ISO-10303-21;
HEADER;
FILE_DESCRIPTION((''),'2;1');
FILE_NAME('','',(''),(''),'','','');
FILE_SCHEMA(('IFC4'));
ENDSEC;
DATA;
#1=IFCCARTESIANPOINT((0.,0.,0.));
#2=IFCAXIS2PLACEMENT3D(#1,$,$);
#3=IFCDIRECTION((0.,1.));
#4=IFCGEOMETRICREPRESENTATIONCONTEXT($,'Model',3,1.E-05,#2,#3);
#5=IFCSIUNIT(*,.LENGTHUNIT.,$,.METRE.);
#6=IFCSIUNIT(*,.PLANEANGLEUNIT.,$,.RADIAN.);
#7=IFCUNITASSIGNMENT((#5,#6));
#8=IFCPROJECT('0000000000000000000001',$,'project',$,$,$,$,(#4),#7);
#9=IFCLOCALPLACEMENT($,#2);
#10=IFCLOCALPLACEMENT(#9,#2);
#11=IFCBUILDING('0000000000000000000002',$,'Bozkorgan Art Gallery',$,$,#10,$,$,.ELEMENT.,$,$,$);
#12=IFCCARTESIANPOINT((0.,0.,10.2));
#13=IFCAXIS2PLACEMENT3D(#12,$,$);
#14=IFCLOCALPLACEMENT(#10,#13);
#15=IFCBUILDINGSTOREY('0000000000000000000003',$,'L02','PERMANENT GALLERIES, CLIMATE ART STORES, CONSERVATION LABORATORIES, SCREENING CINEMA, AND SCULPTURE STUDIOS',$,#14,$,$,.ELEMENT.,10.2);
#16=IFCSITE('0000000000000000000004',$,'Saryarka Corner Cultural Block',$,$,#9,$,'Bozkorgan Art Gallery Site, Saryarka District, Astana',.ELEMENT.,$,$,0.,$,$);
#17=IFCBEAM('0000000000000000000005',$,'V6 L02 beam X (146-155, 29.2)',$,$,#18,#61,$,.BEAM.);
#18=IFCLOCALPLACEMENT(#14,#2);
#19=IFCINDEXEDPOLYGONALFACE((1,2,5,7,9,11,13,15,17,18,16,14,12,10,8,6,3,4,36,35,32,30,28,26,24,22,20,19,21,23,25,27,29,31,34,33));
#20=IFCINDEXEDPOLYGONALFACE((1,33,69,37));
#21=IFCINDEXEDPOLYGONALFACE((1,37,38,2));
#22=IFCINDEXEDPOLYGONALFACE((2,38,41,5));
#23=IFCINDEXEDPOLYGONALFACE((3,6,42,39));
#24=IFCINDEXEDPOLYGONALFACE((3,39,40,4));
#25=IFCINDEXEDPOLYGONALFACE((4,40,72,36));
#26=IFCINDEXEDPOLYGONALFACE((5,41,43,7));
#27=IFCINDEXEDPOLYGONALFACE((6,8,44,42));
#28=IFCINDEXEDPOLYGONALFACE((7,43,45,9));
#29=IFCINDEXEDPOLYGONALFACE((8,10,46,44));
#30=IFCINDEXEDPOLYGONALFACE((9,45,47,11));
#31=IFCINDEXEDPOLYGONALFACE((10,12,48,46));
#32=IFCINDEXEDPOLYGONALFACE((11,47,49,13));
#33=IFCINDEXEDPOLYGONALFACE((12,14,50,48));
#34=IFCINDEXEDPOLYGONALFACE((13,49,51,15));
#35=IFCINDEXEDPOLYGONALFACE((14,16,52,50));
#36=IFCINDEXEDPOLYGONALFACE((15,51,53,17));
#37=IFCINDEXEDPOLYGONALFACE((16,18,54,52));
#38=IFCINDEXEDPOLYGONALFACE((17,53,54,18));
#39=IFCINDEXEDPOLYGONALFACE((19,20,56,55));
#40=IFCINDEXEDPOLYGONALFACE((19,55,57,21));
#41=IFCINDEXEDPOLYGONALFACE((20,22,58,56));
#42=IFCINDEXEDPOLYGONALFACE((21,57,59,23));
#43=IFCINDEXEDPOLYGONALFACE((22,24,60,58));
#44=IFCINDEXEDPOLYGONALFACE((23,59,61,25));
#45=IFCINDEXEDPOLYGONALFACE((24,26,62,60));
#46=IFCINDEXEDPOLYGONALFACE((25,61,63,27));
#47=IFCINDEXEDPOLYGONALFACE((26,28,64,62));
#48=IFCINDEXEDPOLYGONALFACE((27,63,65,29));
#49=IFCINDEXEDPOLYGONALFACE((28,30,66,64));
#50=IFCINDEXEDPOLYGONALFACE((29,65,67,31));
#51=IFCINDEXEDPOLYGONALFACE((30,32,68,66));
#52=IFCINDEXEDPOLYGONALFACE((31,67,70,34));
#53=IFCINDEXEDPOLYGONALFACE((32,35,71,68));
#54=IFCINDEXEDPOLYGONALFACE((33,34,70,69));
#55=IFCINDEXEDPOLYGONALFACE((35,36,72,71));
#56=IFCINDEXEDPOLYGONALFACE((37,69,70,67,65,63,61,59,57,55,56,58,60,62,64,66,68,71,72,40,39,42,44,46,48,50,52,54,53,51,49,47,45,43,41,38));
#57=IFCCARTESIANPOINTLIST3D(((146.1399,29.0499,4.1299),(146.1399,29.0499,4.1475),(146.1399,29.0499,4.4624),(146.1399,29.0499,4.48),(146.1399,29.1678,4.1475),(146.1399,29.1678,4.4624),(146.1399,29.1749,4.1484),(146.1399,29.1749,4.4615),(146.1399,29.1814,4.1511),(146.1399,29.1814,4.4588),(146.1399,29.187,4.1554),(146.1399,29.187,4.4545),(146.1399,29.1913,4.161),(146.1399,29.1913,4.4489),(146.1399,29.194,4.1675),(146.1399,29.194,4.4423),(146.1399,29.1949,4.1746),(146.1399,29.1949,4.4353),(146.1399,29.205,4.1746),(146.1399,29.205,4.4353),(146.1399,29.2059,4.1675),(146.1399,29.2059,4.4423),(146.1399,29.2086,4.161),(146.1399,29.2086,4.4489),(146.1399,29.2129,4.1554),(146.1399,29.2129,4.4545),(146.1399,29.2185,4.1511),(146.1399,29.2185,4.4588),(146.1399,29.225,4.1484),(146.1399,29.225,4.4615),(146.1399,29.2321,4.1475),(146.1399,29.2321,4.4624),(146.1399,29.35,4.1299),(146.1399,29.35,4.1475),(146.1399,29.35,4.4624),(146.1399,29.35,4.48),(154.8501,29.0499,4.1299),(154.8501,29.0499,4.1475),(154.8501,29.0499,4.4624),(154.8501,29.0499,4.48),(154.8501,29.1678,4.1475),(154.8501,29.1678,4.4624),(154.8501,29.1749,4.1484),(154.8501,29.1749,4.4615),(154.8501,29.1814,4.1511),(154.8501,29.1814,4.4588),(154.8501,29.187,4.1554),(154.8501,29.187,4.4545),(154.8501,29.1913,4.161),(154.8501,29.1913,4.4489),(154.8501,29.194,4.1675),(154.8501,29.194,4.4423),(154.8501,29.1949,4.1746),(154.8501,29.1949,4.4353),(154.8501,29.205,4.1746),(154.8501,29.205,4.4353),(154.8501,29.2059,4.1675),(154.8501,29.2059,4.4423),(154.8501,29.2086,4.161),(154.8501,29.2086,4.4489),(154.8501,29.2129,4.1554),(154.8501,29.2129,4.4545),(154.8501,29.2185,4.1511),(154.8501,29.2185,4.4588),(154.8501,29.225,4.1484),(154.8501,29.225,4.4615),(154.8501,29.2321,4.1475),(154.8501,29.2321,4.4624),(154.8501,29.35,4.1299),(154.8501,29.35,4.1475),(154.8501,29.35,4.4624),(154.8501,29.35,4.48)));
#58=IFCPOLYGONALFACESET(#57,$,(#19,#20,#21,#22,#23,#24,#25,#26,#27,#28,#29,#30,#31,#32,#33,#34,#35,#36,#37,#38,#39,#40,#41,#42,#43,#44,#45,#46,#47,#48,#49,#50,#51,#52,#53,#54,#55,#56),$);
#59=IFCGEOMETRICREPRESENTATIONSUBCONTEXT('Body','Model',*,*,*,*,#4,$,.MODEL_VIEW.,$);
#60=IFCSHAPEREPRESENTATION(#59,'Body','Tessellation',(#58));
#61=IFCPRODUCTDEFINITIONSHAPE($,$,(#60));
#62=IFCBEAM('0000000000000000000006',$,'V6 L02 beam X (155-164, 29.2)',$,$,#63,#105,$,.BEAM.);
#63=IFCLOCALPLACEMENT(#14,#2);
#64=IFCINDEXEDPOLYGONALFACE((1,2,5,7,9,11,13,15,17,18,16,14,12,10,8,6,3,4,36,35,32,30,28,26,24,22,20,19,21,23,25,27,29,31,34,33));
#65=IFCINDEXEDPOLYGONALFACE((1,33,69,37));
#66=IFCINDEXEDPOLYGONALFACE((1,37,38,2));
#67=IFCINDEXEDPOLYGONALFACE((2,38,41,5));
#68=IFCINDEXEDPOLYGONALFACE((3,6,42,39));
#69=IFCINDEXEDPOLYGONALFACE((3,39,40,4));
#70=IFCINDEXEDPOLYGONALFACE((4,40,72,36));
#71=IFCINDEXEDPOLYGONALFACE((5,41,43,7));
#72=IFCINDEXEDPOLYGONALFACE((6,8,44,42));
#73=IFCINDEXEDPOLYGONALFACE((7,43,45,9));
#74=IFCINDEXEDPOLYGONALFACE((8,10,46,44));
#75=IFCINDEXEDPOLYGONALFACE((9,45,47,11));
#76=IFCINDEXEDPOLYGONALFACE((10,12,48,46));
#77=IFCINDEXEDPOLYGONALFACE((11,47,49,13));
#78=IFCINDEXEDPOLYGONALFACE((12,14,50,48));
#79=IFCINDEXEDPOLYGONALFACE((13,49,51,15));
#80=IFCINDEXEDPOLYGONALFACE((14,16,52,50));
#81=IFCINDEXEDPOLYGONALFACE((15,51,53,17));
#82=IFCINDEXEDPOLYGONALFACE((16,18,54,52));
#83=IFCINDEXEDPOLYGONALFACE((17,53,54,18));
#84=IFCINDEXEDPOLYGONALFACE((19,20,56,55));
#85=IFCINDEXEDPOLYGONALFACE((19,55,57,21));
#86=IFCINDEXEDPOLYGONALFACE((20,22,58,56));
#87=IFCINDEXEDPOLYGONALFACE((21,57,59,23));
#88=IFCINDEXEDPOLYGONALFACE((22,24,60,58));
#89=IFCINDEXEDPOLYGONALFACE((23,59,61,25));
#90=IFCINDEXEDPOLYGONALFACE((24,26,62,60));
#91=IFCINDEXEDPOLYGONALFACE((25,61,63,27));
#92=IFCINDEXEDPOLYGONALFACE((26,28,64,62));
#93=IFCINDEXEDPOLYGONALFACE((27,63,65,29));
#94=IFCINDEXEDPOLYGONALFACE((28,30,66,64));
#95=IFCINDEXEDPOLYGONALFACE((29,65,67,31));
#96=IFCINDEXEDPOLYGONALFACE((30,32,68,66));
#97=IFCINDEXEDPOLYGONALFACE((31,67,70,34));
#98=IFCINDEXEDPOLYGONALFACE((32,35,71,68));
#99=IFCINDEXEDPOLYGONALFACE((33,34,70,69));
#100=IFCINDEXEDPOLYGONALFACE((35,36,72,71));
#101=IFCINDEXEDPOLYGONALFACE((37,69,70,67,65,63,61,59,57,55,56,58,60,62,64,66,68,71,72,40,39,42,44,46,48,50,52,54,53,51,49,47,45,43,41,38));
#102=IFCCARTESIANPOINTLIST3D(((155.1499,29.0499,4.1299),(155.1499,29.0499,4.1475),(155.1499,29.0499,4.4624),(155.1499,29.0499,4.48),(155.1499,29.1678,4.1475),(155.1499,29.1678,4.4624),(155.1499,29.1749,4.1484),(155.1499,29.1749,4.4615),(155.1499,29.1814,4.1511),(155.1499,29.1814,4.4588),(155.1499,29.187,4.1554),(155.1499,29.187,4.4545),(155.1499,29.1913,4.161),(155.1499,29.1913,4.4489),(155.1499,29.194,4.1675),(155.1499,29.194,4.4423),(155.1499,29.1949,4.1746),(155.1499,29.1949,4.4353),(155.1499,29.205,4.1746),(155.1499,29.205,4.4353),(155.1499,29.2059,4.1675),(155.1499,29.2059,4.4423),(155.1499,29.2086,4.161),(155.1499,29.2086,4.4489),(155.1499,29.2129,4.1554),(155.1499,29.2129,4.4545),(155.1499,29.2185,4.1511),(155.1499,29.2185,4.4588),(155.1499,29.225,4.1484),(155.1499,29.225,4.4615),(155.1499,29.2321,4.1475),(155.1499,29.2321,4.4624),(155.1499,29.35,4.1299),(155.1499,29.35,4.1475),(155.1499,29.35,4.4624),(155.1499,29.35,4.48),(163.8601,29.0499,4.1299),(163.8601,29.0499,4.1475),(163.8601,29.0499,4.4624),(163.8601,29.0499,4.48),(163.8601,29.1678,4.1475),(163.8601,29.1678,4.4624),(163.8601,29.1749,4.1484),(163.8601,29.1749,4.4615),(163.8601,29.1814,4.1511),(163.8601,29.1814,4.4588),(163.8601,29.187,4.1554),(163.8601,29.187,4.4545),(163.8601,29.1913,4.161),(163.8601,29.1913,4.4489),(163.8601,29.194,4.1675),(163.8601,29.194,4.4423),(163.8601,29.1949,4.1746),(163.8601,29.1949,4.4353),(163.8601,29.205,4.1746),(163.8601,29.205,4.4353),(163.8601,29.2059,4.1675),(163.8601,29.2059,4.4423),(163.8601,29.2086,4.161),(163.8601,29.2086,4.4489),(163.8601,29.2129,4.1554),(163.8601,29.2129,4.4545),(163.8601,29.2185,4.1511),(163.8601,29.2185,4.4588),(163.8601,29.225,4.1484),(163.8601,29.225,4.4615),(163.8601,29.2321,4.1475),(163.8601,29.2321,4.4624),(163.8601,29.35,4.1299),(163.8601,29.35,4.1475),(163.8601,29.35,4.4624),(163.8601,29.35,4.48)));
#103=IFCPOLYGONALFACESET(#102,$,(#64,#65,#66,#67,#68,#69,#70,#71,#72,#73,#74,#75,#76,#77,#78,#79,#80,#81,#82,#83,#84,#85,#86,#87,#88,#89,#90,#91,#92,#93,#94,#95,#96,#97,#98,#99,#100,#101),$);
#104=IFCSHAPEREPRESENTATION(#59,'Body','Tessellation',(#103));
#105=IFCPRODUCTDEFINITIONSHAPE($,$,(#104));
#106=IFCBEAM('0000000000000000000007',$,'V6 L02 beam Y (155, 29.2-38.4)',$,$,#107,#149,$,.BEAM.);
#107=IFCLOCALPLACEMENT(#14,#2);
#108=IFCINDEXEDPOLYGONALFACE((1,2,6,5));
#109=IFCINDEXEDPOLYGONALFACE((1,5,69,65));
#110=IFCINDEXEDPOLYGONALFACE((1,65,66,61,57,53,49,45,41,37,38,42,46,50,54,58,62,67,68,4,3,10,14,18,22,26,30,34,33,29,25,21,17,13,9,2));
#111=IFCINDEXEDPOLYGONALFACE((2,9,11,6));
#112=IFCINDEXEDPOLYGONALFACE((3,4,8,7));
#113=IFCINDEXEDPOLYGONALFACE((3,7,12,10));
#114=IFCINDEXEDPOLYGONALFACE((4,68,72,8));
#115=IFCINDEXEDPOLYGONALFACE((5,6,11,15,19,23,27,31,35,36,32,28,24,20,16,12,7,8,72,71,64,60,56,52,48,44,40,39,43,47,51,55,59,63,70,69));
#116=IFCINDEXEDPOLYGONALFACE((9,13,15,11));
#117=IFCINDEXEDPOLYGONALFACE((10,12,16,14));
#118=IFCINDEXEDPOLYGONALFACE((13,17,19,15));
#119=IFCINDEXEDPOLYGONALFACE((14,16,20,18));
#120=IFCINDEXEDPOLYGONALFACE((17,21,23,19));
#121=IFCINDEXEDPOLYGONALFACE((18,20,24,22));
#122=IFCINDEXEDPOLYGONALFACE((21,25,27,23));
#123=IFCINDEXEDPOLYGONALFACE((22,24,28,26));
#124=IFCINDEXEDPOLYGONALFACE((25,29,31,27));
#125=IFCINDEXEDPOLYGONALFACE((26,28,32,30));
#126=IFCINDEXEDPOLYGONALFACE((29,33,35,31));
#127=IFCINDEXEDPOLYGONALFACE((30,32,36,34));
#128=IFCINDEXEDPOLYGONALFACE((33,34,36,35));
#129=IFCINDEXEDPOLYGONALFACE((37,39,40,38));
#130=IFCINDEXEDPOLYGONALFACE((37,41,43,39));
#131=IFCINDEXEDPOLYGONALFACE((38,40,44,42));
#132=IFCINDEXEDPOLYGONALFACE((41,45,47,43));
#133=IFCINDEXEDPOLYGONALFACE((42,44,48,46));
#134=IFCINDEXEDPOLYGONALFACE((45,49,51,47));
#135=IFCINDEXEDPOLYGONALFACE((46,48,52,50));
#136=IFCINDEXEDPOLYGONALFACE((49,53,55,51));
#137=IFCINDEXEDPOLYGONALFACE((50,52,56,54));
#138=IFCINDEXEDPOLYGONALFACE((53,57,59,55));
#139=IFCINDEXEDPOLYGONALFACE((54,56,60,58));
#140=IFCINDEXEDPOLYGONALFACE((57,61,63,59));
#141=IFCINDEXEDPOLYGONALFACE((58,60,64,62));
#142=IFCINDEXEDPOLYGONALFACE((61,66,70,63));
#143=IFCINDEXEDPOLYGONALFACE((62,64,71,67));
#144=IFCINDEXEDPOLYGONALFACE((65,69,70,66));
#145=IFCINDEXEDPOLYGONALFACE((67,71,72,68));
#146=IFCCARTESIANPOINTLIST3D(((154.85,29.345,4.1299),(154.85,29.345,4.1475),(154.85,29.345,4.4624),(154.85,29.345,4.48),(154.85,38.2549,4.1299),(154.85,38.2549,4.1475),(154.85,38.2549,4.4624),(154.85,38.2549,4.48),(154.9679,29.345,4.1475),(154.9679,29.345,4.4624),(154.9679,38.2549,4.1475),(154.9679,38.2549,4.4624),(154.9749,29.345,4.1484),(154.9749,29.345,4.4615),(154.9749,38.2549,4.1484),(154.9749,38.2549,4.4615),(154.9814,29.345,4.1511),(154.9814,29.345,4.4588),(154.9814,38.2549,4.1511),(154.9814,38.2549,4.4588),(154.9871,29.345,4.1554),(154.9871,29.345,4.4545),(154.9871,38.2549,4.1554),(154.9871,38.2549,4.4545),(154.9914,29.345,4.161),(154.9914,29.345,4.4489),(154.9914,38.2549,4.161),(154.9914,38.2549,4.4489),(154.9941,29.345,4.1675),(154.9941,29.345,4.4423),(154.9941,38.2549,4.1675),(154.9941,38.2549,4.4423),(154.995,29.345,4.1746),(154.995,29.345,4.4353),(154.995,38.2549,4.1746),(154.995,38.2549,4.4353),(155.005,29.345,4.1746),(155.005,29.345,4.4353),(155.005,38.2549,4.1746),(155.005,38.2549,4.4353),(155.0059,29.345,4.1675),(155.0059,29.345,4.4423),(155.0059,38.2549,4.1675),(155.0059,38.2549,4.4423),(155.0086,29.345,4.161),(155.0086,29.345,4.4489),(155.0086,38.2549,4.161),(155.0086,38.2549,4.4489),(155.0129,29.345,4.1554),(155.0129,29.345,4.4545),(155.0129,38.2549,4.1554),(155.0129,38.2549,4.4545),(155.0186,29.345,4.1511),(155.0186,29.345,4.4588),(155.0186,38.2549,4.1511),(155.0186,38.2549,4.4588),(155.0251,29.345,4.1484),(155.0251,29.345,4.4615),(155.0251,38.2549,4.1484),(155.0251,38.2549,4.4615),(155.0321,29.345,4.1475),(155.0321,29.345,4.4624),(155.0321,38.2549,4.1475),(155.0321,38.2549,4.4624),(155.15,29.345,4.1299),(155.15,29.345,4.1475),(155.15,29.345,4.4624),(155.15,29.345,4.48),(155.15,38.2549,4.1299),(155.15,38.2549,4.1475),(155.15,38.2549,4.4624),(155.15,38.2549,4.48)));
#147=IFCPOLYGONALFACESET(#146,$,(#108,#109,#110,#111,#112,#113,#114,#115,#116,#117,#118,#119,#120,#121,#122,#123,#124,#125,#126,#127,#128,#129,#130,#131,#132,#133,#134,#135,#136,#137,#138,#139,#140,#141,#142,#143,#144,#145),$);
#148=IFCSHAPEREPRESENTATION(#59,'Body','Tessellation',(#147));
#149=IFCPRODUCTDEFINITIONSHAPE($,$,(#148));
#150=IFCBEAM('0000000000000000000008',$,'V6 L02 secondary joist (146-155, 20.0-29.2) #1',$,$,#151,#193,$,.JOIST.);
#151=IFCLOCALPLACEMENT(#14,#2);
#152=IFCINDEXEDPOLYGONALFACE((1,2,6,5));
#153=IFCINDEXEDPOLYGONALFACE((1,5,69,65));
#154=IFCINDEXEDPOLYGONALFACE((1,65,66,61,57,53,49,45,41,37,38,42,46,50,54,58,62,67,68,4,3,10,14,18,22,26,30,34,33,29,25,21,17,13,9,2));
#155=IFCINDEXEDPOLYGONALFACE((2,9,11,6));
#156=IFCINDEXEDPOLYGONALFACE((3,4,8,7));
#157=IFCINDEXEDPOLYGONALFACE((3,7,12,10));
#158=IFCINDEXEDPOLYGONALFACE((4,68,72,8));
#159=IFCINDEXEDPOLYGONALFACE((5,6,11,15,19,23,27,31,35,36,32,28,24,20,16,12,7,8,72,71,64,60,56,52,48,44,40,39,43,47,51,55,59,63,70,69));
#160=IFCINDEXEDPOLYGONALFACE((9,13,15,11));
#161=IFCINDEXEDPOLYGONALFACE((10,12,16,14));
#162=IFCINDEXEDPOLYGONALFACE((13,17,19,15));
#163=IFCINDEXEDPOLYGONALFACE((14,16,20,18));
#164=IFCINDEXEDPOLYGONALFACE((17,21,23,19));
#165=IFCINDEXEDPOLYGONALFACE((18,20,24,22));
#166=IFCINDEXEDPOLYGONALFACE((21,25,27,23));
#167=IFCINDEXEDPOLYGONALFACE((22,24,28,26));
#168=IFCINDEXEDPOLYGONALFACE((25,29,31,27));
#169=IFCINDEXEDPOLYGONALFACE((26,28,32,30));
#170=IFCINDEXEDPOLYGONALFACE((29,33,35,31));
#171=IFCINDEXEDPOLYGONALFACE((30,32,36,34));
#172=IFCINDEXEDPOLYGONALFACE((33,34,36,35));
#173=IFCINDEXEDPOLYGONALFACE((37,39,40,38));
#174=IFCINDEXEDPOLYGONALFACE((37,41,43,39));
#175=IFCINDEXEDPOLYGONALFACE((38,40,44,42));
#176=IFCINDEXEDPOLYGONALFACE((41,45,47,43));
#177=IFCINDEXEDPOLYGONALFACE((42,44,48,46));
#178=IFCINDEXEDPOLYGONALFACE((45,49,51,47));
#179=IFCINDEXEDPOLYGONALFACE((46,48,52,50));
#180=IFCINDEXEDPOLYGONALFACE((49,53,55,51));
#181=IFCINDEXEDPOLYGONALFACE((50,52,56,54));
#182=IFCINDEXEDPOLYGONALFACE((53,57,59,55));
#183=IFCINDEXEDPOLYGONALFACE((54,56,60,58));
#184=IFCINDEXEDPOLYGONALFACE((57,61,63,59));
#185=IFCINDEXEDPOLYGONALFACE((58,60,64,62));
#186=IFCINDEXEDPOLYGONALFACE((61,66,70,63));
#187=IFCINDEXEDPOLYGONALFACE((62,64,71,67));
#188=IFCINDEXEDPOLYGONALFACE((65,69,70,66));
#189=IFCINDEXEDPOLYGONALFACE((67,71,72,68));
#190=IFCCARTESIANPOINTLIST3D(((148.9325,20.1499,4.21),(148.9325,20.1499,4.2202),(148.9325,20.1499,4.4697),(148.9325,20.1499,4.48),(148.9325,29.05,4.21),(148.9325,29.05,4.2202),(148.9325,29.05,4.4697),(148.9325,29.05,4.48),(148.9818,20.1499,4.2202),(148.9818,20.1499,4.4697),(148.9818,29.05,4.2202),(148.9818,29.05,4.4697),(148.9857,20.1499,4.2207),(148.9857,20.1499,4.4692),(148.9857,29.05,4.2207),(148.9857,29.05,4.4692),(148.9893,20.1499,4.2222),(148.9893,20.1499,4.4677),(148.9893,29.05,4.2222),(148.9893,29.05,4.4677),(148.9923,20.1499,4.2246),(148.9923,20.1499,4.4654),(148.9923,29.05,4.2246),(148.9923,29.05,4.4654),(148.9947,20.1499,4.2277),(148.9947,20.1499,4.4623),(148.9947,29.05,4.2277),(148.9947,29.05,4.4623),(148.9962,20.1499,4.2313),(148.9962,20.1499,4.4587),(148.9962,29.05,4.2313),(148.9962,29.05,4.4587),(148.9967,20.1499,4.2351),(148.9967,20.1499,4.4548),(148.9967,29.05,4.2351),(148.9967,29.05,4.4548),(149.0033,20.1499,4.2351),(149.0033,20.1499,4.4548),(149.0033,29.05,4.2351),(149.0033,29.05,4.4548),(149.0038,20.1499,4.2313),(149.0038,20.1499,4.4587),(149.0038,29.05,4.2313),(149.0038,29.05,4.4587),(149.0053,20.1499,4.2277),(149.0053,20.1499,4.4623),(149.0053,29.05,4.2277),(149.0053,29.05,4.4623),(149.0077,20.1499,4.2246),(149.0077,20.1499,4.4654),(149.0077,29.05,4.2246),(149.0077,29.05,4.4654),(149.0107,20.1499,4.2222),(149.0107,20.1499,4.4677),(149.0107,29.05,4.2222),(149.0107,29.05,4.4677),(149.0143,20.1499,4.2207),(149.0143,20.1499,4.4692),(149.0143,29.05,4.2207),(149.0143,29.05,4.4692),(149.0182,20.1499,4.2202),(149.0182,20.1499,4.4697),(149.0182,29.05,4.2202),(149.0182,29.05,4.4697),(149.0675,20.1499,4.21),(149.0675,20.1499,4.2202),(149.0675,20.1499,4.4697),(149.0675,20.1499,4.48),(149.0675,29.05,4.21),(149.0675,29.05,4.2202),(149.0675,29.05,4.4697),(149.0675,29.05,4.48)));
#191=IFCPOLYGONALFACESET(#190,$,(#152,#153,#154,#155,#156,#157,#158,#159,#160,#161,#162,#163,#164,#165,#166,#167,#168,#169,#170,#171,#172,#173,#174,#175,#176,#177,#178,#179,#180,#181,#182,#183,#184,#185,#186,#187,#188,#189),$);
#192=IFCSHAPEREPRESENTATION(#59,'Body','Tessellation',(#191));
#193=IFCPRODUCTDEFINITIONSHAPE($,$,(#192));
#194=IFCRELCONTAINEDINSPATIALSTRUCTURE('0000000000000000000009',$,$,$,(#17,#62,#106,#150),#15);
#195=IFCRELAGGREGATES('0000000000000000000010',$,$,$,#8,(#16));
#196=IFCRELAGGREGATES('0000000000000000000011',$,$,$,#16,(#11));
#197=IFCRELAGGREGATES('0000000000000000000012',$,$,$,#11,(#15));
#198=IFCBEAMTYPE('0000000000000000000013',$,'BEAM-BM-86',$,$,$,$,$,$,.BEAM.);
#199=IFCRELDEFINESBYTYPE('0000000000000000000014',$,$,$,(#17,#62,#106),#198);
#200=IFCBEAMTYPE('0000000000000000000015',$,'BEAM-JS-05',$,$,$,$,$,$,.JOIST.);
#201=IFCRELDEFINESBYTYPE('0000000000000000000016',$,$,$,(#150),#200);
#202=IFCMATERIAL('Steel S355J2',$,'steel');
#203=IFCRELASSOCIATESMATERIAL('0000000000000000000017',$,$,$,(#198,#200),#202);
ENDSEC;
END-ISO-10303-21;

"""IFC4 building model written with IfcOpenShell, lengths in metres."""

from ifc_helpers import new_model, si_unit, direction, frame, origin, origin_2d, place, context, subcontext, project, spatial, i_section, extrude, material, material_profile, profile_set, type_object, element, save


model = new_model("IFC4")

# Units and contexts
model_context = context("Model", 3, precision=1e-05, world=origin(), true_north=direction((0.0, 1.0)))
body_context = subcontext(model_context, "Body", "Model", "MODEL_VIEW")
ifc_project = project(units=[si_unit("LENGTHUNIT", "METRE"), si_unit("PLANEANGLEUNIT", "RADIAN")], contexts=[model_context])

# Site, building, storey
site_placement = place(None, origin())
site = spatial("IfcSite", under=ifc_project, at=site_placement, Name="Saryarka Corner Cultural Block", LongName="Bozkorgan Art Gallery Site, Saryarka District, Astana", CompositionType="ELEMENT", RefElevation=0.0)
building_placement = place(site_placement, origin())
building = spatial("IfcBuilding", under=site, at=building_placement, Name="Bozkorgan Art Gallery", CompositionType="ELEMENT")
storey_placement = place(building_placement, frame((0.0, 0.0, 10.2)))
storey = spatial("IfcBuildingStorey", under=building, at=storey_placement, Name="L02", Description="PERMANENT GALLERIES, CLIMATE ART STORES, CONSERVATION LABORATORIES, SCREENING CINEMA, AND SCULPTURE STUDIOS", CompositionType="ELEMENT", Elevation=10.2)

# Shared definitions
ifc_material_1 = material(Name="Steel S355J2", Category="steel")

# Beams
ifc_material_profile_1 = material_profile(ifc_material_1, i_section(OverallWidth=0.3, OverallDepth=0.3501, WebThickness=0.01, FlangeThickness=0.0176, FilletRadius=0.0271, at=origin_2d()), Name="HEA 360")
ifc_profile_set_1 = profile_set([ifc_material_profile_1], Name="Steel S355J2")
beam_type_1 = type_object("IfcBeamType", Name="BEAM-BM-86", PredefinedType="BEAM", material=ifc_profile_set_1)
for number, where, z_axis, x_axis, name in (
    (1, (146.1399, 29.2, 4.3049), (1.0, 0.0, 0.0), (0.0, 1.0, 0.0), "V6 L02 beam X (146-155, 29.2)"),
    (2, (155.1499, 29.2, 4.3049), (1.0, 0.0, 0.0), (0.0, 1.0, 0.0), "V6 L02 beam X (155-164, 29.2)"),
):
    element("IfcBeam", number, at=place(storey_placement, frame(where, z_axis=z_axis, x_axis=x_axis)), inside=storey, type_object=beam_type_1, Name=name, PredefinedType="BEAM", context=body_context, shape_type="SweptSolid", body=[
        extrude(i_section(OverallWidth=0.3, OverallDepth=0.3501, WebThickness=0.01, FlangeThickness=0.0176, FilletRadius=0.0271, at=origin_2d()), origin(), (0.0, 0.0, 1.0), 8.7102),
    ])
beam_placement = place(storey_placement, frame((155.0, 29.345, 4.3049), z_axis=(0.0, 1.0, 0.0), x_axis=(-1.0, 0.0, 0.0)))
element("IfcBeam", 3, at=beam_placement, inside=storey, type_object=beam_type_1, Name="V6 L02 beam Y (155, 29.2-38.4)", PredefinedType="BEAM", context=body_context, shape_type="SweptSolid", body=[
    extrude(i_section(OverallWidth=0.3, OverallDepth=0.3501, WebThickness=0.01, FlangeThickness=0.0176, FilletRadius=0.0271, at=origin_2d()), origin(), (0.0, 0.0, 1.0), 8.9099),
])
ifc_material_profile_2 = material_profile(ifc_material_1, i_section(OverallWidth=0.135, OverallDepth=0.27, WebThickness=0.0066, FlangeThickness=0.0103, FilletRadius=0.0149, at=origin_2d()), Name="IPE 270")
ifc_profile_set_2 = profile_set([ifc_material_profile_2], Name="Steel S355J2")
beam_type_2 = type_object("IfcBeamType", Name="BEAM-JS-05", PredefinedType="JOIST", material=ifc_profile_set_2)
for number, where, z_axis, x_axis, name in (
    (4, (149.0, 20.1499, 4.345), (0.0, 1.0, 0.0), (-1.0, 0.0, 0.0), "V6 L02 secondary joist (146-155, 20.0-29.2) #1"),
):
    element("IfcBeam", number, at=place(storey_placement, frame(where, z_axis=z_axis, x_axis=x_axis)), inside=storey, type_object=beam_type_2, Name=name, PredefinedType="JOIST", context=body_context, shape_type="SweptSolid", body=[
        extrude(i_section(OverallWidth=0.135, OverallDepth=0.27, WebThickness=0.0066, FlangeThickness=0.0103, FilletRadius=0.0149, at=origin_2d()), origin(), (0.0, 0.0, 1.0), 8.9001),
    ])

save(model, "model.ifc")
